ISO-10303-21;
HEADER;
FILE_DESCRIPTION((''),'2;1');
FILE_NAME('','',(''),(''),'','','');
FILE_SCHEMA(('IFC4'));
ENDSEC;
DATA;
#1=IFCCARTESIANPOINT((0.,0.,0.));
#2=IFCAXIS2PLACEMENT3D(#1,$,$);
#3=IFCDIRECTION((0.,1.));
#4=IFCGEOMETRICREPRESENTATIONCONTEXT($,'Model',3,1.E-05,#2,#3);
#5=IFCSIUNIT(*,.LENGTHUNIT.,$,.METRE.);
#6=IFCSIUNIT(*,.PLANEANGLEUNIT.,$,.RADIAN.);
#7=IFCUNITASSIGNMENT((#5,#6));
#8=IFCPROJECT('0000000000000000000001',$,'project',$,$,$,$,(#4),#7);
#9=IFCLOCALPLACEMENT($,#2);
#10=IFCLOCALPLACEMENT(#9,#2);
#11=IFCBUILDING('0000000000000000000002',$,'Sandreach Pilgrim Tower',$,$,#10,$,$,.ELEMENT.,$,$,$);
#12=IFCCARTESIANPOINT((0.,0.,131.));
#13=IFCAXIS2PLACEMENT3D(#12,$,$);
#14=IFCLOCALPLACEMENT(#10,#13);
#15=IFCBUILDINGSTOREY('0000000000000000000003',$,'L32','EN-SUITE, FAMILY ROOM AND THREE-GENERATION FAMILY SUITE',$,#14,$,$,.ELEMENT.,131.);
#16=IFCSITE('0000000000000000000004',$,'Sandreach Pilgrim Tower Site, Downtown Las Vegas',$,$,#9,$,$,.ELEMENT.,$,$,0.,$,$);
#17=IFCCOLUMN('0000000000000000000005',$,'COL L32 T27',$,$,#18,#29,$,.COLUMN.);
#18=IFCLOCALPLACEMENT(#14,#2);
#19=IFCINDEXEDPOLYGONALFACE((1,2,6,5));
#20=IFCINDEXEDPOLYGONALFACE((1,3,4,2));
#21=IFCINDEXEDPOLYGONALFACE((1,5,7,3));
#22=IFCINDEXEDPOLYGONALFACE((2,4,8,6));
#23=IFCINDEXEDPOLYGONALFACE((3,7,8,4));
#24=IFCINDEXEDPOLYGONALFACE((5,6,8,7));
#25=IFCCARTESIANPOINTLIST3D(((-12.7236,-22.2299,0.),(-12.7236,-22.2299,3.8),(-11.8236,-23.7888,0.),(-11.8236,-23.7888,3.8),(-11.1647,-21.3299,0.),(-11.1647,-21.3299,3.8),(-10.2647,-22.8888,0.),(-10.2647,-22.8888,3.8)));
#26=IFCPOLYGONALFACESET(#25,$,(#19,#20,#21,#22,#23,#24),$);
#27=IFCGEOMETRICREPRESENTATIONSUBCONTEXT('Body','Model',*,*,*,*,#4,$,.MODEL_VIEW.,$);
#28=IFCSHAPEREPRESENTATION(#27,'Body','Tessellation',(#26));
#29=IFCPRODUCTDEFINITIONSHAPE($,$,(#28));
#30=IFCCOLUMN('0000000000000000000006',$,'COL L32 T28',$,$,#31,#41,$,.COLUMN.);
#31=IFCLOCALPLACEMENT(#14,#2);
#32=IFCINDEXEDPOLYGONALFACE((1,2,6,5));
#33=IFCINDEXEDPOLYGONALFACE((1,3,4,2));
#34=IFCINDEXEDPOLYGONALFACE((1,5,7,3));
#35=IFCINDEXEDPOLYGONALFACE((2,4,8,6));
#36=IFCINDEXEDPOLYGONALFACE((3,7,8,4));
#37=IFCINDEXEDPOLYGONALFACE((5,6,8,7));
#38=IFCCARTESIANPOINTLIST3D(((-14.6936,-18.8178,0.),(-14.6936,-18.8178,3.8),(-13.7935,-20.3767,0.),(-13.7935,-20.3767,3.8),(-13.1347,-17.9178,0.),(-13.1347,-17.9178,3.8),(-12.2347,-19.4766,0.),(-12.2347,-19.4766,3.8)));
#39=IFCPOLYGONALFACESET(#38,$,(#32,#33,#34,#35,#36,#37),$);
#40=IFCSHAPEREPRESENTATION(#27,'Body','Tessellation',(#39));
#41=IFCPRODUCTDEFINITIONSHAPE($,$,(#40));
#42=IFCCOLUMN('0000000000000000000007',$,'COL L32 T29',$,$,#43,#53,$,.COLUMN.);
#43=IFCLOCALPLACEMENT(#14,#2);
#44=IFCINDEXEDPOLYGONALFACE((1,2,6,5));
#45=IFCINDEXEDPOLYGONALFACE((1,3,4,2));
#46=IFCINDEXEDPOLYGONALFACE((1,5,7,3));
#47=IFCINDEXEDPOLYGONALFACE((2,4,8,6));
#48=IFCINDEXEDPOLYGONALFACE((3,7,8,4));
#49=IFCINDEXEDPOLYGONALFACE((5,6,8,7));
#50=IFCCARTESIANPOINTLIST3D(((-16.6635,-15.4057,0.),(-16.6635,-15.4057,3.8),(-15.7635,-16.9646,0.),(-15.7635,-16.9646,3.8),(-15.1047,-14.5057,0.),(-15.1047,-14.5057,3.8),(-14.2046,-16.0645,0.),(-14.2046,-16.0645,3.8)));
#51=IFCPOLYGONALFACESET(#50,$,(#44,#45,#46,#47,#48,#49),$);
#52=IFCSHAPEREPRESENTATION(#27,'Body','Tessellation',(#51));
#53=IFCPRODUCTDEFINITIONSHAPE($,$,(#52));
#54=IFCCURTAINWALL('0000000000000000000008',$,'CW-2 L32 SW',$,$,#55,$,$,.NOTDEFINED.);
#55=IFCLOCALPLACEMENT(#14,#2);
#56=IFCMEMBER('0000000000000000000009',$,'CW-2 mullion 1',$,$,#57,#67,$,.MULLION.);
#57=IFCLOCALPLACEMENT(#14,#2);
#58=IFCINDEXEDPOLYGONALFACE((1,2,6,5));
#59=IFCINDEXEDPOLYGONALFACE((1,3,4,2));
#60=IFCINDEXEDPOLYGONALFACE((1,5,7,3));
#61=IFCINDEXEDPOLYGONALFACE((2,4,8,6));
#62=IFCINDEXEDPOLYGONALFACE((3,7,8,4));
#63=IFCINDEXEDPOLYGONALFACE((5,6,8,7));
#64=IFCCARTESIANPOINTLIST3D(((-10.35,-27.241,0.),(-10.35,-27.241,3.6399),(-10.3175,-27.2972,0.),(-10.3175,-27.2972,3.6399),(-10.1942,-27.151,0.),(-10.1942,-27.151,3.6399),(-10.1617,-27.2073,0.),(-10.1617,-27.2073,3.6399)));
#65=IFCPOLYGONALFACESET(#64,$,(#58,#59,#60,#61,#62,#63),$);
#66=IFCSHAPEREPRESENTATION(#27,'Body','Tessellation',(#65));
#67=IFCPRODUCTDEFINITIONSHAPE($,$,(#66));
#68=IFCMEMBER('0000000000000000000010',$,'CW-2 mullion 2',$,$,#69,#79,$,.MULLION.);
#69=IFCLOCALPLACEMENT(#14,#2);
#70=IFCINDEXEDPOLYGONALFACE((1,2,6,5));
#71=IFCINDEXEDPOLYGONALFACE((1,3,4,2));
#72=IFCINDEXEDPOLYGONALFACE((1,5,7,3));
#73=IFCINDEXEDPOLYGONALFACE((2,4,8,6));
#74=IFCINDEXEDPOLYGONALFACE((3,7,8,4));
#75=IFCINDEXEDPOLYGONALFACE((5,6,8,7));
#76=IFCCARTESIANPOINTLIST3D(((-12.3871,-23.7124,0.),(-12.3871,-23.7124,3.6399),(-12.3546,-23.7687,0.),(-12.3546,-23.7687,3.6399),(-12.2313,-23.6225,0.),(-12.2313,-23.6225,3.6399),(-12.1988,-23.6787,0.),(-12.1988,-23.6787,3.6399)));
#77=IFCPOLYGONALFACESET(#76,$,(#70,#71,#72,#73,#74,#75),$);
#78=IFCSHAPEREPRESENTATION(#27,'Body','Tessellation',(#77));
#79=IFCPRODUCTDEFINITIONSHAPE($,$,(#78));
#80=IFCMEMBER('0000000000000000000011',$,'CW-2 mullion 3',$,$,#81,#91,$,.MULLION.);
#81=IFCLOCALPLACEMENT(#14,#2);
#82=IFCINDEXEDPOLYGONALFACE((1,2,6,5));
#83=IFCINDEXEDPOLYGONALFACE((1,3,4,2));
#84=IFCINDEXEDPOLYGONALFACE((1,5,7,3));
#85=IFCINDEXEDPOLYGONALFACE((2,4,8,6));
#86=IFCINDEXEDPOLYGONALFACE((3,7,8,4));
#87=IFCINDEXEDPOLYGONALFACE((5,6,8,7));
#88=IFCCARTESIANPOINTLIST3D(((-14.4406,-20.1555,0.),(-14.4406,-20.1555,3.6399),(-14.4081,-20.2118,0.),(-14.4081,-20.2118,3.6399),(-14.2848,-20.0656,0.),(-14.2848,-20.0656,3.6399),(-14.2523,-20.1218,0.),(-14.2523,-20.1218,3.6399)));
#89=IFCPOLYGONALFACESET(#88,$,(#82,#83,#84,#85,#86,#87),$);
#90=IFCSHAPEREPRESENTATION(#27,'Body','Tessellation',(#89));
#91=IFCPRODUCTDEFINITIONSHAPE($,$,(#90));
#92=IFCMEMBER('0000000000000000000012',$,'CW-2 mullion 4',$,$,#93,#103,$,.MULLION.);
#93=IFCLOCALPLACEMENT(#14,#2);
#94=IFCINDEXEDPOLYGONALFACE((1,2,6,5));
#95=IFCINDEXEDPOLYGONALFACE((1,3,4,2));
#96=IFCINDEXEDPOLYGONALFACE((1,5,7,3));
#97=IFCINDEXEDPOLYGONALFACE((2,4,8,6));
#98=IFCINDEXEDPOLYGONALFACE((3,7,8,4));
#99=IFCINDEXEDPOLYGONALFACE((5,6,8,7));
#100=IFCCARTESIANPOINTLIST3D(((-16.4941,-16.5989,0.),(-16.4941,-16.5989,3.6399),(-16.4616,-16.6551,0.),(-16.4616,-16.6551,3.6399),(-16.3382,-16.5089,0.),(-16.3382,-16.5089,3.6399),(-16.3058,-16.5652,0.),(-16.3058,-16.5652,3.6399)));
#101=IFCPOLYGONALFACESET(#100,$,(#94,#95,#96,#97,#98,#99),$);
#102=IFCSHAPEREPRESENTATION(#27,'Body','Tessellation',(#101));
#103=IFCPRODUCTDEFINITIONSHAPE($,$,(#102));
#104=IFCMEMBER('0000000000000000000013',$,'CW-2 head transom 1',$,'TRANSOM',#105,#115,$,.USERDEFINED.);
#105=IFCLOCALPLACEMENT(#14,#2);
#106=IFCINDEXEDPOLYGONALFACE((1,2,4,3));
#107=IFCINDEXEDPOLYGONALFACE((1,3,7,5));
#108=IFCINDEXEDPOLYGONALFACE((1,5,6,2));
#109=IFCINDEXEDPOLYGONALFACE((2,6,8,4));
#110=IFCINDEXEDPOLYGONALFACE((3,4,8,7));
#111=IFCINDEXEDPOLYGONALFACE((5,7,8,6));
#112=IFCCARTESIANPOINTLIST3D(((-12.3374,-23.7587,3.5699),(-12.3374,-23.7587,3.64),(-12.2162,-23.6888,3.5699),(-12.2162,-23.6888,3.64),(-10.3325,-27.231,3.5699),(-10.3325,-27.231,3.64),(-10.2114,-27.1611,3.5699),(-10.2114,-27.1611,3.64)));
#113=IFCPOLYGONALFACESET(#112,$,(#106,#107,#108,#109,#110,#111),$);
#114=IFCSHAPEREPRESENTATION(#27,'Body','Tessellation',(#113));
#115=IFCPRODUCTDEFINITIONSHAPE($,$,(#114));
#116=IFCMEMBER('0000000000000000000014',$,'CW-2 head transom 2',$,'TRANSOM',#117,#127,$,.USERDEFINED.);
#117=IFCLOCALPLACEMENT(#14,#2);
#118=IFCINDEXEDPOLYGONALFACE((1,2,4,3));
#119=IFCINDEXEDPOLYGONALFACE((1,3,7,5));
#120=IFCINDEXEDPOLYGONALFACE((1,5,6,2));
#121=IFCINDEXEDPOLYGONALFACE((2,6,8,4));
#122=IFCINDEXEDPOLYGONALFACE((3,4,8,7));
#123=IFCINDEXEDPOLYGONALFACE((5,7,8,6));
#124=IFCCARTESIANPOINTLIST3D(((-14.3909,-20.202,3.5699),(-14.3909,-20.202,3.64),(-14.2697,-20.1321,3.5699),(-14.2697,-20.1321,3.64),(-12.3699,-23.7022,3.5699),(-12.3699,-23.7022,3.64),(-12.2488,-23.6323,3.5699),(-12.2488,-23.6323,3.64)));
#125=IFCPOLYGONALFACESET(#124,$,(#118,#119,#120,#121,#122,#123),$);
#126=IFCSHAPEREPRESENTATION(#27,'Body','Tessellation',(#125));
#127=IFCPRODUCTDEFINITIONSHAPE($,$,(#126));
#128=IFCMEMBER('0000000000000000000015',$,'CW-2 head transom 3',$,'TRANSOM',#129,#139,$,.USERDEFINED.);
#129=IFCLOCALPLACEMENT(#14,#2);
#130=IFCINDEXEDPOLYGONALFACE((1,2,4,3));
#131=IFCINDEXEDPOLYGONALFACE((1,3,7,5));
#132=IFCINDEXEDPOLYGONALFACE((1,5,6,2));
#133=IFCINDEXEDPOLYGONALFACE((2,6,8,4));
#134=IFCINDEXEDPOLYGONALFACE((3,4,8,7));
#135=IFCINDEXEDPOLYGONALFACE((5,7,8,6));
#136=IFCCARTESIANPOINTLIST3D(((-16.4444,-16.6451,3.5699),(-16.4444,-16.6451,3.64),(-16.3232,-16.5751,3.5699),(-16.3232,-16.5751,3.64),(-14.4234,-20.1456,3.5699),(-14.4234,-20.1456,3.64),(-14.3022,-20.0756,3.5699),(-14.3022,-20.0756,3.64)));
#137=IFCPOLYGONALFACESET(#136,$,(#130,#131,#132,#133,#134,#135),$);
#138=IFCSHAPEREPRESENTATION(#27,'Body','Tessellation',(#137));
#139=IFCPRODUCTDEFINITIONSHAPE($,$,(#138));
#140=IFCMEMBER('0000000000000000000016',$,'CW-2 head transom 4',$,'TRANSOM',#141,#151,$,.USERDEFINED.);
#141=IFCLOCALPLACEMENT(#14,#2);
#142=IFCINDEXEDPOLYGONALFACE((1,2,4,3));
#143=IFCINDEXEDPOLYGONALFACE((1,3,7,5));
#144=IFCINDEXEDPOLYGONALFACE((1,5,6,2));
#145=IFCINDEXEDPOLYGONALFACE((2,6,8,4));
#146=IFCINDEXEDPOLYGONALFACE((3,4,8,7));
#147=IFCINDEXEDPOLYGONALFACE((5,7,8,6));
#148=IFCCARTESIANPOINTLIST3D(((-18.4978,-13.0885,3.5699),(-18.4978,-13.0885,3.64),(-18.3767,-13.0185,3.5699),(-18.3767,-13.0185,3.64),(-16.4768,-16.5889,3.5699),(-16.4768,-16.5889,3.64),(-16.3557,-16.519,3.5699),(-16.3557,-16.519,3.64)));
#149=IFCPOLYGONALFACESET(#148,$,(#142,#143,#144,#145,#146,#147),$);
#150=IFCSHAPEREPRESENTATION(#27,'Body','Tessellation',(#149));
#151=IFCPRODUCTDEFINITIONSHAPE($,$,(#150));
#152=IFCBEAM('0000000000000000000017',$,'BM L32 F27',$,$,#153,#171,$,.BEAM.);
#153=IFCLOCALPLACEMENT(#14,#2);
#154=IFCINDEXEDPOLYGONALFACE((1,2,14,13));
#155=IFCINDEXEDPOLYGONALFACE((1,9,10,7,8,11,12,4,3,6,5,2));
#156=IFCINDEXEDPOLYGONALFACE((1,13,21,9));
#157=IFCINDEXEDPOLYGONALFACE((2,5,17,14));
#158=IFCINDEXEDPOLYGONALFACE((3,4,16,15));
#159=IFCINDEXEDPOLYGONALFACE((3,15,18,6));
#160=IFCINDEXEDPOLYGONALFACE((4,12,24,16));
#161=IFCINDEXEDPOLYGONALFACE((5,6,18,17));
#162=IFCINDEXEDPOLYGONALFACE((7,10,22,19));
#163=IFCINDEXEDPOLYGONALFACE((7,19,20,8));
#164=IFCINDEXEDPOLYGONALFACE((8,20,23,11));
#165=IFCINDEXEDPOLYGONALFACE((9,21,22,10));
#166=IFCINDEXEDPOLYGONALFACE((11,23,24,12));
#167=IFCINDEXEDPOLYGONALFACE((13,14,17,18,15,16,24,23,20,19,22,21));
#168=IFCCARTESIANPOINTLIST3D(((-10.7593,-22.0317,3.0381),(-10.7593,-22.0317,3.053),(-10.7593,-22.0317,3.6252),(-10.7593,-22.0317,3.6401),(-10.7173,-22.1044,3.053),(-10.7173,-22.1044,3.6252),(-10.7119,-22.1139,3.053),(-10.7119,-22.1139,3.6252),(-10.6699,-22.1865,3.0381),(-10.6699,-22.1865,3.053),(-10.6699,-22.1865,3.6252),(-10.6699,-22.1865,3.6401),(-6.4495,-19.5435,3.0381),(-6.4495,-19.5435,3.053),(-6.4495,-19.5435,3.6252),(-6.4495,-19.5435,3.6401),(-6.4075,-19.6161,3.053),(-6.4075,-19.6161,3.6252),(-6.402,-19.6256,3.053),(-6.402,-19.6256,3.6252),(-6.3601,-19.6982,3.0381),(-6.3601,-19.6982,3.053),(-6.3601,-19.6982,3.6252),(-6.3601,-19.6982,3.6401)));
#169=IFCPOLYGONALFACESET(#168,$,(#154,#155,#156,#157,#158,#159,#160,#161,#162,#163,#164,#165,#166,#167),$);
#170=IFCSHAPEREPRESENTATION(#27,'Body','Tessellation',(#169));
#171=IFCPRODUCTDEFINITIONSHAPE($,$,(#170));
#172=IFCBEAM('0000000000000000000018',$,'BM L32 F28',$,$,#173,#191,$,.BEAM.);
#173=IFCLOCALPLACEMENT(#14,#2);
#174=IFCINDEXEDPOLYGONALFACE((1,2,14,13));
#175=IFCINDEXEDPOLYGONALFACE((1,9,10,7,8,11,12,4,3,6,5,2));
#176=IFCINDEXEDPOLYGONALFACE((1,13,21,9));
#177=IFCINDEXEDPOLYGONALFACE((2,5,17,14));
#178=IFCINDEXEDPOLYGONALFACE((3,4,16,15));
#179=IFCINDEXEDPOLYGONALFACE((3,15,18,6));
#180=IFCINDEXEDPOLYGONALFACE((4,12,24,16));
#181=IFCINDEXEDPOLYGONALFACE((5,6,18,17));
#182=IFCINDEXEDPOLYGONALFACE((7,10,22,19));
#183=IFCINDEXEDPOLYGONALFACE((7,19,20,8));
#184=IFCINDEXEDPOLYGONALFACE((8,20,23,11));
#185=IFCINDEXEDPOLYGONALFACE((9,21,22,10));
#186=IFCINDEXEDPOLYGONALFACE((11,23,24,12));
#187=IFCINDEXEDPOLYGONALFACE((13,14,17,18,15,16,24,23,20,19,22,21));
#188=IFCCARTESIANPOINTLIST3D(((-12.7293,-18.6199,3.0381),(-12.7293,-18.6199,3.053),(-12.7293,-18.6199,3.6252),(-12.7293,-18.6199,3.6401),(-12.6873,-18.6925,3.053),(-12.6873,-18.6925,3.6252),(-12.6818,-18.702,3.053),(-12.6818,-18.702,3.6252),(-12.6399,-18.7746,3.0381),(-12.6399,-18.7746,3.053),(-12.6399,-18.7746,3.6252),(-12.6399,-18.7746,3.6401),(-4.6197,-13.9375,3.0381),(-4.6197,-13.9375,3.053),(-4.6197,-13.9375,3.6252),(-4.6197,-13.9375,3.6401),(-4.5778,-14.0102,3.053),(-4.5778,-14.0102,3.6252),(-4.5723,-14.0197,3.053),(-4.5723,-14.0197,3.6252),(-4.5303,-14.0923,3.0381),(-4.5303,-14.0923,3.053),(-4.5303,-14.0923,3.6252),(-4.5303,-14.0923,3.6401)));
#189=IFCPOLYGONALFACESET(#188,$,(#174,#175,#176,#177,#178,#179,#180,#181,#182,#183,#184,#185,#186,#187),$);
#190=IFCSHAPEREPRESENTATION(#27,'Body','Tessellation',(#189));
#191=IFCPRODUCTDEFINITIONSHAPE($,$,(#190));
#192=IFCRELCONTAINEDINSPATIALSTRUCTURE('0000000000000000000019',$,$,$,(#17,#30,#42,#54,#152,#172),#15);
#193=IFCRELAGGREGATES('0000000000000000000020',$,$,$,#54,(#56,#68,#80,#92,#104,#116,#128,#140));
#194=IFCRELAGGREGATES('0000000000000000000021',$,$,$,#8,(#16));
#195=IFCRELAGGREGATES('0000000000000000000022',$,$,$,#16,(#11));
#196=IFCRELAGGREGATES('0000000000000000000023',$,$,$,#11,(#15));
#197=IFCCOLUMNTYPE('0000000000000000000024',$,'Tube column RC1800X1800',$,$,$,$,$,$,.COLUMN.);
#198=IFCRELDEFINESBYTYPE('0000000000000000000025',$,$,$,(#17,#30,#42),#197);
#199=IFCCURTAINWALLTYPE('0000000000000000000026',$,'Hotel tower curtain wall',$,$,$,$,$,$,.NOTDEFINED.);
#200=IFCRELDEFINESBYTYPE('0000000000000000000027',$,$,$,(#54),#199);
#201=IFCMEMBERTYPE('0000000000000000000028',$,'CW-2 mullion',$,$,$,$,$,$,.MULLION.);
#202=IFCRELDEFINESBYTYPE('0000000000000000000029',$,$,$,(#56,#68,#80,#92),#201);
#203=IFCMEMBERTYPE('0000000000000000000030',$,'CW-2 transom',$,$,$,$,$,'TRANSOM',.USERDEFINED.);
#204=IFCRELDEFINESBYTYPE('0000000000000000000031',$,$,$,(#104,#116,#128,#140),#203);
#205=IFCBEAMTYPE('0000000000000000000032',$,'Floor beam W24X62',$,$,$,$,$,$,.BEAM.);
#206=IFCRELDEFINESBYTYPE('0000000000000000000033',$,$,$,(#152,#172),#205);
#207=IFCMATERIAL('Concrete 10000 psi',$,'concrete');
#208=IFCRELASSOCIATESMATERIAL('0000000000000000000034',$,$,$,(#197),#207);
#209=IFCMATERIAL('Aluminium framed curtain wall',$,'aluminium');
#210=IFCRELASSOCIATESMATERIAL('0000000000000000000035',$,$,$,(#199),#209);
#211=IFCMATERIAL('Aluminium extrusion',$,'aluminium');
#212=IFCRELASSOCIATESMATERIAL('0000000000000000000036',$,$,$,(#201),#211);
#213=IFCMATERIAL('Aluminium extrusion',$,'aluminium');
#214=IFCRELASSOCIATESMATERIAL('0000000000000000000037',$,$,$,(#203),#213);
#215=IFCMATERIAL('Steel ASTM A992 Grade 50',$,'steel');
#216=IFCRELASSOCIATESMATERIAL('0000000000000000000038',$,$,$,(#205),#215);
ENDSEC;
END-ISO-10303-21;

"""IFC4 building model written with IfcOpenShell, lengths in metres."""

from ifc_helpers import new_model, si_unit, direction, frame, origin, origin_2d, place, context, subcontext, project, spatial, rectangle, i_section, extrude, material, material_profile, profile_set, type_object, element, aggregate, save


model = new_model("IFC4")

# Units and contexts
model_context = context("Model", 3, precision=1e-05, world=origin(), true_north=direction((0.0, 1.0)))
body_context = subcontext(model_context, "Body", "Model", "MODEL_VIEW")
ifc_project = project(units=[si_unit("LENGTHUNIT", "METRE"), si_unit("PLANEANGLEUNIT", "RADIAN")], contexts=[model_context])

# Site, building, storey
site_placement = place(None, origin())
site = spatial("IfcSite", under=ifc_project, at=site_placement, Name="Sandreach Pilgrim Tower Site, Downtown Las Vegas", CompositionType="ELEMENT", RefElevation=0.0)
building_placement = place(site_placement, origin())
building = spatial("IfcBuilding", under=site, at=building_placement, Name="Sandreach Pilgrim Tower", CompositionType="ELEMENT")
storey_placement = place(building_placement, frame((0.0, 0.0, 131.0)))
storey = spatial("IfcBuildingStorey", under=building, at=storey_placement, Name="L32", Description="EN-SUITE, FAMILY ROOM AND THREE-GENERATION FAMILY SUITE", CompositionType="ELEMENT", Elevation=131.0)

# Columns
ifc_material_1 = material(Name="Concrete 10000 psi", Category="concrete")
ifc_material_profile_1 = material_profile(ifc_material_1, rectangle(XDim=1.8, YDim=1.8, at=origin_2d()), Name="RC1800X1800")
ifc_profile_set_1 = profile_set([ifc_material_profile_1], Name="Concrete 10000 psi")
column_type = type_object("IfcColumnType", Name="Tube column RC1800X1800", PredefinedType="COLUMN", material=ifc_profile_set_1)
for number, where, z_axis, x_axis, name in (
    (1, (-11.4941, -22.5593, 0.0), (0.0, 0.0, 1.0), (-0.866025, -0.5, 0.0), "COL L32 T27"),
    (2, (-13.4641, -19.1472, 0.0), (0.0, 0.0, 1.0), (-0.866025, -0.5, 0.0), "COL L32 T28"),
    (3, (-15.4341, -15.7351, 0.0), (0.0, 0.0, 1.0), (-0.866025, -0.5, 0.0), "COL L32 T29"),
):
    element("IfcColumn", number, at=place(storey_placement, frame(where, z_axis=z_axis, x_axis=x_axis)), inside=storey, type_object=column_type, Name=name, PredefinedType="COLUMN", context=body_context, shape_type="SweptSolid", body=[
        extrude(rectangle(XDim=1.8, YDim=1.8, at=origin_2d()), origin(), (0.0, 0.0, 1.0), 3.8),
    ])

# Curtain wall, members
ifc_material_2 = material(Name="Aluminium framed curtain wall", Category="aluminium")
curtain_wall_type = type_object("IfcCurtainWallType", Name="Hotel tower curtain wall", PredefinedType="NOTDEFINED", material=ifc_material_2)
curtain_wall_placement = place(storey_placement, origin())
curtain_wall = element("IfcCurtainWall", 4, at=curtain_wall_placement, inside=storey, type_object=curtain_wall_type, Name="CW-2 L32 SW", PredefinedType="NOTDEFINED")
ifc_material_3 = material(Name="Aluminium extrusion", Category="aluminium")
ifc_material_profile_2 = material_profile(ifc_material_3, rectangle(XDim=0.0649, YDim=0.1799, at=origin_2d()), Name="CW-2M 65X180")
ifc_profile_set_2 = profile_set([ifc_material_profile_2], Name="Aluminium extrusion")
member_type_1 = type_object("IfcMemberType", Name="CW-2 mullion", PredefinedType="MULLION", material=ifc_profile_set_2)
member_1_placement = place(storey_placement, frame((-10.2559, -27.2241, 0.0), z_axis=(0.0, 0.0, 1.0), x_axis=(-0.5, 0.866025, 0.0)))
member_1 = element("IfcMember", 5, at=member_1_placement, type_object=member_type_1, Name="CW-2 mullion 1", PredefinedType="MULLION", context=body_context, shape_type="SweptSolid", body=[
    extrude(rectangle(XDim=0.0649, YDim=0.1799, at=origin_2d()), origin(), (0.0, 0.0, 1.0), 3.6399),
])
member_2_placement = place(storey_placement, frame((-12.293, -23.6956, 0.0), z_axis=(0.0, 0.0, 1.0), x_axis=(-0.5, 0.866025, 0.0)))
member_2 = element("IfcMember", 6, at=member_2_placement, type_object=member_type_1, Name="CW-2 mullion 2", PredefinedType="MULLION", context=body_context, shape_type="SweptSolid", body=[
    extrude(rectangle(XDim=0.0649, YDim=0.1799, at=origin_2d()), origin(), (0.0, 0.0, 1.0), 3.6399),
])
member_3_placement = place(storey_placement, frame((-14.3464, -20.1387, 0.0), z_axis=(0.0, 0.0, 1.0), x_axis=(-0.5, 0.866025, 0.0)))
member_3 = element("IfcMember", 7, at=member_3_placement, type_object=member_type_1, Name="CW-2 mullion 3", PredefinedType="MULLION", context=body_context, shape_type="SweptSolid", body=[
    extrude(rectangle(XDim=0.0649, YDim=0.1799, at=origin_2d()), origin(), (0.0, 0.0, 1.0), 3.6399),
])
member_4_placement = place(storey_placement, frame((-16.3999, -16.582, 0.0), z_axis=(0.0, 0.0, 1.0), x_axis=(-0.5, 0.866025, 0.0)))
member_4 = element("IfcMember", 8, at=member_4_placement, type_object=member_type_1, Name="CW-2 mullion 4", PredefinedType="MULLION", context=body_context, shape_type="SweptSolid", body=[
    extrude(rectangle(XDim=0.0649, YDim=0.1799, at=origin_2d()), origin(), (0.0, 0.0, 1.0), 3.6399),
])
ifc_material_4 = material(Name="Aluminium extrusion", Category="aluminium")
ifc_material_profile_3 = material_profile(ifc_material_4, rectangle(XDim=0.1399, YDim=0.0701, at=origin_2d()), Name="CW-2T 140X70")
ifc_profile_set_3 = profile_set([ifc_material_profile_3], Name="Aluminium extrusion")
member_type_2 = type_object("IfcMemberType", Name="CW-2 transom", ElementType="TRANSOM", PredefinedType="USERDEFINED", material=ifc_profile_set_3)
member_5_placement = place(storey_placement, frame((-10.272, -27.196, 3.605), z_axis=(-0.500016, 0.866016, 0.0), x_axis=(-0.866016, -0.500016, 0.0)))
member_5 = element("IfcMember", 9, at=member_5_placement, type_object=member_type_2, Name="CW-2 head transom 1", ObjectType="TRANSOM", PredefinedType="USERDEFINED", context=body_context, shape_type="SweptSolid", body=[
    extrude(rectangle(XDim=0.1399, YDim=0.0701, at=origin_2d()), origin(), (0.0, 0.0, 1.0), 4.0095),
])
member_6_placement = place(storey_placement, frame((-12.3093, -23.6672, 3.605), z_axis=(-0.500024, 0.866012, 0.0), x_axis=(-0.866012, -0.500024, 0.0)))
member_6 = element("IfcMember", 10, at=member_6_placement, type_object=member_type_2, Name="CW-2 head transom 2", ObjectType="TRANSOM", PredefinedType="USERDEFINED", context=body_context, shape_type="SweptSolid", body=[
    extrude(rectangle(XDim=0.1399, YDim=0.0701, at=origin_2d()), origin(), (0.0, 0.0, 1.0), 4.0417),
])
member_7_placement = place(storey_placement, frame((-14.3628, -20.1106, 3.605), z_axis=(-0.499998, 0.866027, 0.0), x_axis=(-0.866027, -0.499998, 0.0)))
member_7 = element("IfcMember", 11, at=member_7_placement, type_object=member_type_2, Name="CW-2 head transom 3", ObjectType="TRANSOM", PredefinedType="USERDEFINED", context=body_context, shape_type="SweptSolid", body=[
    extrude(rectangle(XDim=0.1399, YDim=0.0701, at=origin_2d()), origin(), (0.0, 0.0, 1.0), 4.042),
])
member_8_placement = place(storey_placement, frame((-16.4163, -16.554, 3.605), z_axis=(-0.499998, 0.866027, 0.0), x_axis=(-0.866027, -0.499998, 0.0)))
member_8 = element("IfcMember", 12, at=member_8_placement, type_object=member_type_2, Name="CW-2 head transom 4", ObjectType="TRANSOM", PredefinedType="USERDEFINED", context=body_context, shape_type="SweptSolid", body=[
    extrude(rectangle(XDim=0.1399, YDim=0.0701, at=origin_2d()), origin(), (0.0, 0.0, 1.0), 4.042),
])

# Beams
ifc_material_5 = material(Name="Steel ASTM A992 Grade 50", Category="steel")
ifc_material_profile_4 = material_profile(ifc_material_5, i_section(OverallWidth=0.1787, OverallDepth=0.6021, WebThickness=0.011, FlangeThickness=0.0149, at=origin_2d()), Name="W24X62")
ifc_profile_set_4 = profile_set([ifc_material_profile_4], Name="Steel ASTM A992 Grade 50")
beam_type_1 = type_object("IfcBeamType", Name="Floor beam W24X62", PredefinedType="BEAM", material=ifc_profile_set_4)
beam_1_placement = place(storey_placement, frame((-10.7146, -22.1091, 3.3391), z_axis=(0.866025, 0.500001, 0.0), x_axis=(-0.500001, 0.866025, 0.0)))
element("IfcBeam", 13, at=beam_1_placement, inside=storey, type_object=beam_type_1, Name="BM L32 F27", PredefinedType="BEAM", context=body_context, shape_type="SweptSolid", body=[
    extrude(i_section(OverallWidth=0.1787, OverallDepth=0.6021, WebThickness=0.011, FlangeThickness=0.0149, at=origin_2d()), origin(), (0.0, 0.0, 1.0), 4.9766),
])
beam_2_placement = place(storey_placement, frame((-12.6846, -18.6973, 3.3391), z_axis=(0.866012, 0.500023, 0.0), x_axis=(-0.500023, 0.866012, 0.0)))
element("IfcBeam", 14, at=beam_2_placement, inside=storey, type_object=beam_type_1, Name="BM L32 F28", PredefinedType="BEAM", context=body_context, shape_type="SweptSolid", body=[
    extrude(i_section(OverallWidth=0.1787, OverallDepth=0.6021, WebThickness=0.011, FlangeThickness=0.0149, at=origin_2d()), origin(), (0.0, 0.0, 1.0), 9.3643),
])

aggregate(curtain_wall, [member_1, member_2, member_3, member_4, member_5, member_6, member_7, member_8])

save(model, "model.ifc")
